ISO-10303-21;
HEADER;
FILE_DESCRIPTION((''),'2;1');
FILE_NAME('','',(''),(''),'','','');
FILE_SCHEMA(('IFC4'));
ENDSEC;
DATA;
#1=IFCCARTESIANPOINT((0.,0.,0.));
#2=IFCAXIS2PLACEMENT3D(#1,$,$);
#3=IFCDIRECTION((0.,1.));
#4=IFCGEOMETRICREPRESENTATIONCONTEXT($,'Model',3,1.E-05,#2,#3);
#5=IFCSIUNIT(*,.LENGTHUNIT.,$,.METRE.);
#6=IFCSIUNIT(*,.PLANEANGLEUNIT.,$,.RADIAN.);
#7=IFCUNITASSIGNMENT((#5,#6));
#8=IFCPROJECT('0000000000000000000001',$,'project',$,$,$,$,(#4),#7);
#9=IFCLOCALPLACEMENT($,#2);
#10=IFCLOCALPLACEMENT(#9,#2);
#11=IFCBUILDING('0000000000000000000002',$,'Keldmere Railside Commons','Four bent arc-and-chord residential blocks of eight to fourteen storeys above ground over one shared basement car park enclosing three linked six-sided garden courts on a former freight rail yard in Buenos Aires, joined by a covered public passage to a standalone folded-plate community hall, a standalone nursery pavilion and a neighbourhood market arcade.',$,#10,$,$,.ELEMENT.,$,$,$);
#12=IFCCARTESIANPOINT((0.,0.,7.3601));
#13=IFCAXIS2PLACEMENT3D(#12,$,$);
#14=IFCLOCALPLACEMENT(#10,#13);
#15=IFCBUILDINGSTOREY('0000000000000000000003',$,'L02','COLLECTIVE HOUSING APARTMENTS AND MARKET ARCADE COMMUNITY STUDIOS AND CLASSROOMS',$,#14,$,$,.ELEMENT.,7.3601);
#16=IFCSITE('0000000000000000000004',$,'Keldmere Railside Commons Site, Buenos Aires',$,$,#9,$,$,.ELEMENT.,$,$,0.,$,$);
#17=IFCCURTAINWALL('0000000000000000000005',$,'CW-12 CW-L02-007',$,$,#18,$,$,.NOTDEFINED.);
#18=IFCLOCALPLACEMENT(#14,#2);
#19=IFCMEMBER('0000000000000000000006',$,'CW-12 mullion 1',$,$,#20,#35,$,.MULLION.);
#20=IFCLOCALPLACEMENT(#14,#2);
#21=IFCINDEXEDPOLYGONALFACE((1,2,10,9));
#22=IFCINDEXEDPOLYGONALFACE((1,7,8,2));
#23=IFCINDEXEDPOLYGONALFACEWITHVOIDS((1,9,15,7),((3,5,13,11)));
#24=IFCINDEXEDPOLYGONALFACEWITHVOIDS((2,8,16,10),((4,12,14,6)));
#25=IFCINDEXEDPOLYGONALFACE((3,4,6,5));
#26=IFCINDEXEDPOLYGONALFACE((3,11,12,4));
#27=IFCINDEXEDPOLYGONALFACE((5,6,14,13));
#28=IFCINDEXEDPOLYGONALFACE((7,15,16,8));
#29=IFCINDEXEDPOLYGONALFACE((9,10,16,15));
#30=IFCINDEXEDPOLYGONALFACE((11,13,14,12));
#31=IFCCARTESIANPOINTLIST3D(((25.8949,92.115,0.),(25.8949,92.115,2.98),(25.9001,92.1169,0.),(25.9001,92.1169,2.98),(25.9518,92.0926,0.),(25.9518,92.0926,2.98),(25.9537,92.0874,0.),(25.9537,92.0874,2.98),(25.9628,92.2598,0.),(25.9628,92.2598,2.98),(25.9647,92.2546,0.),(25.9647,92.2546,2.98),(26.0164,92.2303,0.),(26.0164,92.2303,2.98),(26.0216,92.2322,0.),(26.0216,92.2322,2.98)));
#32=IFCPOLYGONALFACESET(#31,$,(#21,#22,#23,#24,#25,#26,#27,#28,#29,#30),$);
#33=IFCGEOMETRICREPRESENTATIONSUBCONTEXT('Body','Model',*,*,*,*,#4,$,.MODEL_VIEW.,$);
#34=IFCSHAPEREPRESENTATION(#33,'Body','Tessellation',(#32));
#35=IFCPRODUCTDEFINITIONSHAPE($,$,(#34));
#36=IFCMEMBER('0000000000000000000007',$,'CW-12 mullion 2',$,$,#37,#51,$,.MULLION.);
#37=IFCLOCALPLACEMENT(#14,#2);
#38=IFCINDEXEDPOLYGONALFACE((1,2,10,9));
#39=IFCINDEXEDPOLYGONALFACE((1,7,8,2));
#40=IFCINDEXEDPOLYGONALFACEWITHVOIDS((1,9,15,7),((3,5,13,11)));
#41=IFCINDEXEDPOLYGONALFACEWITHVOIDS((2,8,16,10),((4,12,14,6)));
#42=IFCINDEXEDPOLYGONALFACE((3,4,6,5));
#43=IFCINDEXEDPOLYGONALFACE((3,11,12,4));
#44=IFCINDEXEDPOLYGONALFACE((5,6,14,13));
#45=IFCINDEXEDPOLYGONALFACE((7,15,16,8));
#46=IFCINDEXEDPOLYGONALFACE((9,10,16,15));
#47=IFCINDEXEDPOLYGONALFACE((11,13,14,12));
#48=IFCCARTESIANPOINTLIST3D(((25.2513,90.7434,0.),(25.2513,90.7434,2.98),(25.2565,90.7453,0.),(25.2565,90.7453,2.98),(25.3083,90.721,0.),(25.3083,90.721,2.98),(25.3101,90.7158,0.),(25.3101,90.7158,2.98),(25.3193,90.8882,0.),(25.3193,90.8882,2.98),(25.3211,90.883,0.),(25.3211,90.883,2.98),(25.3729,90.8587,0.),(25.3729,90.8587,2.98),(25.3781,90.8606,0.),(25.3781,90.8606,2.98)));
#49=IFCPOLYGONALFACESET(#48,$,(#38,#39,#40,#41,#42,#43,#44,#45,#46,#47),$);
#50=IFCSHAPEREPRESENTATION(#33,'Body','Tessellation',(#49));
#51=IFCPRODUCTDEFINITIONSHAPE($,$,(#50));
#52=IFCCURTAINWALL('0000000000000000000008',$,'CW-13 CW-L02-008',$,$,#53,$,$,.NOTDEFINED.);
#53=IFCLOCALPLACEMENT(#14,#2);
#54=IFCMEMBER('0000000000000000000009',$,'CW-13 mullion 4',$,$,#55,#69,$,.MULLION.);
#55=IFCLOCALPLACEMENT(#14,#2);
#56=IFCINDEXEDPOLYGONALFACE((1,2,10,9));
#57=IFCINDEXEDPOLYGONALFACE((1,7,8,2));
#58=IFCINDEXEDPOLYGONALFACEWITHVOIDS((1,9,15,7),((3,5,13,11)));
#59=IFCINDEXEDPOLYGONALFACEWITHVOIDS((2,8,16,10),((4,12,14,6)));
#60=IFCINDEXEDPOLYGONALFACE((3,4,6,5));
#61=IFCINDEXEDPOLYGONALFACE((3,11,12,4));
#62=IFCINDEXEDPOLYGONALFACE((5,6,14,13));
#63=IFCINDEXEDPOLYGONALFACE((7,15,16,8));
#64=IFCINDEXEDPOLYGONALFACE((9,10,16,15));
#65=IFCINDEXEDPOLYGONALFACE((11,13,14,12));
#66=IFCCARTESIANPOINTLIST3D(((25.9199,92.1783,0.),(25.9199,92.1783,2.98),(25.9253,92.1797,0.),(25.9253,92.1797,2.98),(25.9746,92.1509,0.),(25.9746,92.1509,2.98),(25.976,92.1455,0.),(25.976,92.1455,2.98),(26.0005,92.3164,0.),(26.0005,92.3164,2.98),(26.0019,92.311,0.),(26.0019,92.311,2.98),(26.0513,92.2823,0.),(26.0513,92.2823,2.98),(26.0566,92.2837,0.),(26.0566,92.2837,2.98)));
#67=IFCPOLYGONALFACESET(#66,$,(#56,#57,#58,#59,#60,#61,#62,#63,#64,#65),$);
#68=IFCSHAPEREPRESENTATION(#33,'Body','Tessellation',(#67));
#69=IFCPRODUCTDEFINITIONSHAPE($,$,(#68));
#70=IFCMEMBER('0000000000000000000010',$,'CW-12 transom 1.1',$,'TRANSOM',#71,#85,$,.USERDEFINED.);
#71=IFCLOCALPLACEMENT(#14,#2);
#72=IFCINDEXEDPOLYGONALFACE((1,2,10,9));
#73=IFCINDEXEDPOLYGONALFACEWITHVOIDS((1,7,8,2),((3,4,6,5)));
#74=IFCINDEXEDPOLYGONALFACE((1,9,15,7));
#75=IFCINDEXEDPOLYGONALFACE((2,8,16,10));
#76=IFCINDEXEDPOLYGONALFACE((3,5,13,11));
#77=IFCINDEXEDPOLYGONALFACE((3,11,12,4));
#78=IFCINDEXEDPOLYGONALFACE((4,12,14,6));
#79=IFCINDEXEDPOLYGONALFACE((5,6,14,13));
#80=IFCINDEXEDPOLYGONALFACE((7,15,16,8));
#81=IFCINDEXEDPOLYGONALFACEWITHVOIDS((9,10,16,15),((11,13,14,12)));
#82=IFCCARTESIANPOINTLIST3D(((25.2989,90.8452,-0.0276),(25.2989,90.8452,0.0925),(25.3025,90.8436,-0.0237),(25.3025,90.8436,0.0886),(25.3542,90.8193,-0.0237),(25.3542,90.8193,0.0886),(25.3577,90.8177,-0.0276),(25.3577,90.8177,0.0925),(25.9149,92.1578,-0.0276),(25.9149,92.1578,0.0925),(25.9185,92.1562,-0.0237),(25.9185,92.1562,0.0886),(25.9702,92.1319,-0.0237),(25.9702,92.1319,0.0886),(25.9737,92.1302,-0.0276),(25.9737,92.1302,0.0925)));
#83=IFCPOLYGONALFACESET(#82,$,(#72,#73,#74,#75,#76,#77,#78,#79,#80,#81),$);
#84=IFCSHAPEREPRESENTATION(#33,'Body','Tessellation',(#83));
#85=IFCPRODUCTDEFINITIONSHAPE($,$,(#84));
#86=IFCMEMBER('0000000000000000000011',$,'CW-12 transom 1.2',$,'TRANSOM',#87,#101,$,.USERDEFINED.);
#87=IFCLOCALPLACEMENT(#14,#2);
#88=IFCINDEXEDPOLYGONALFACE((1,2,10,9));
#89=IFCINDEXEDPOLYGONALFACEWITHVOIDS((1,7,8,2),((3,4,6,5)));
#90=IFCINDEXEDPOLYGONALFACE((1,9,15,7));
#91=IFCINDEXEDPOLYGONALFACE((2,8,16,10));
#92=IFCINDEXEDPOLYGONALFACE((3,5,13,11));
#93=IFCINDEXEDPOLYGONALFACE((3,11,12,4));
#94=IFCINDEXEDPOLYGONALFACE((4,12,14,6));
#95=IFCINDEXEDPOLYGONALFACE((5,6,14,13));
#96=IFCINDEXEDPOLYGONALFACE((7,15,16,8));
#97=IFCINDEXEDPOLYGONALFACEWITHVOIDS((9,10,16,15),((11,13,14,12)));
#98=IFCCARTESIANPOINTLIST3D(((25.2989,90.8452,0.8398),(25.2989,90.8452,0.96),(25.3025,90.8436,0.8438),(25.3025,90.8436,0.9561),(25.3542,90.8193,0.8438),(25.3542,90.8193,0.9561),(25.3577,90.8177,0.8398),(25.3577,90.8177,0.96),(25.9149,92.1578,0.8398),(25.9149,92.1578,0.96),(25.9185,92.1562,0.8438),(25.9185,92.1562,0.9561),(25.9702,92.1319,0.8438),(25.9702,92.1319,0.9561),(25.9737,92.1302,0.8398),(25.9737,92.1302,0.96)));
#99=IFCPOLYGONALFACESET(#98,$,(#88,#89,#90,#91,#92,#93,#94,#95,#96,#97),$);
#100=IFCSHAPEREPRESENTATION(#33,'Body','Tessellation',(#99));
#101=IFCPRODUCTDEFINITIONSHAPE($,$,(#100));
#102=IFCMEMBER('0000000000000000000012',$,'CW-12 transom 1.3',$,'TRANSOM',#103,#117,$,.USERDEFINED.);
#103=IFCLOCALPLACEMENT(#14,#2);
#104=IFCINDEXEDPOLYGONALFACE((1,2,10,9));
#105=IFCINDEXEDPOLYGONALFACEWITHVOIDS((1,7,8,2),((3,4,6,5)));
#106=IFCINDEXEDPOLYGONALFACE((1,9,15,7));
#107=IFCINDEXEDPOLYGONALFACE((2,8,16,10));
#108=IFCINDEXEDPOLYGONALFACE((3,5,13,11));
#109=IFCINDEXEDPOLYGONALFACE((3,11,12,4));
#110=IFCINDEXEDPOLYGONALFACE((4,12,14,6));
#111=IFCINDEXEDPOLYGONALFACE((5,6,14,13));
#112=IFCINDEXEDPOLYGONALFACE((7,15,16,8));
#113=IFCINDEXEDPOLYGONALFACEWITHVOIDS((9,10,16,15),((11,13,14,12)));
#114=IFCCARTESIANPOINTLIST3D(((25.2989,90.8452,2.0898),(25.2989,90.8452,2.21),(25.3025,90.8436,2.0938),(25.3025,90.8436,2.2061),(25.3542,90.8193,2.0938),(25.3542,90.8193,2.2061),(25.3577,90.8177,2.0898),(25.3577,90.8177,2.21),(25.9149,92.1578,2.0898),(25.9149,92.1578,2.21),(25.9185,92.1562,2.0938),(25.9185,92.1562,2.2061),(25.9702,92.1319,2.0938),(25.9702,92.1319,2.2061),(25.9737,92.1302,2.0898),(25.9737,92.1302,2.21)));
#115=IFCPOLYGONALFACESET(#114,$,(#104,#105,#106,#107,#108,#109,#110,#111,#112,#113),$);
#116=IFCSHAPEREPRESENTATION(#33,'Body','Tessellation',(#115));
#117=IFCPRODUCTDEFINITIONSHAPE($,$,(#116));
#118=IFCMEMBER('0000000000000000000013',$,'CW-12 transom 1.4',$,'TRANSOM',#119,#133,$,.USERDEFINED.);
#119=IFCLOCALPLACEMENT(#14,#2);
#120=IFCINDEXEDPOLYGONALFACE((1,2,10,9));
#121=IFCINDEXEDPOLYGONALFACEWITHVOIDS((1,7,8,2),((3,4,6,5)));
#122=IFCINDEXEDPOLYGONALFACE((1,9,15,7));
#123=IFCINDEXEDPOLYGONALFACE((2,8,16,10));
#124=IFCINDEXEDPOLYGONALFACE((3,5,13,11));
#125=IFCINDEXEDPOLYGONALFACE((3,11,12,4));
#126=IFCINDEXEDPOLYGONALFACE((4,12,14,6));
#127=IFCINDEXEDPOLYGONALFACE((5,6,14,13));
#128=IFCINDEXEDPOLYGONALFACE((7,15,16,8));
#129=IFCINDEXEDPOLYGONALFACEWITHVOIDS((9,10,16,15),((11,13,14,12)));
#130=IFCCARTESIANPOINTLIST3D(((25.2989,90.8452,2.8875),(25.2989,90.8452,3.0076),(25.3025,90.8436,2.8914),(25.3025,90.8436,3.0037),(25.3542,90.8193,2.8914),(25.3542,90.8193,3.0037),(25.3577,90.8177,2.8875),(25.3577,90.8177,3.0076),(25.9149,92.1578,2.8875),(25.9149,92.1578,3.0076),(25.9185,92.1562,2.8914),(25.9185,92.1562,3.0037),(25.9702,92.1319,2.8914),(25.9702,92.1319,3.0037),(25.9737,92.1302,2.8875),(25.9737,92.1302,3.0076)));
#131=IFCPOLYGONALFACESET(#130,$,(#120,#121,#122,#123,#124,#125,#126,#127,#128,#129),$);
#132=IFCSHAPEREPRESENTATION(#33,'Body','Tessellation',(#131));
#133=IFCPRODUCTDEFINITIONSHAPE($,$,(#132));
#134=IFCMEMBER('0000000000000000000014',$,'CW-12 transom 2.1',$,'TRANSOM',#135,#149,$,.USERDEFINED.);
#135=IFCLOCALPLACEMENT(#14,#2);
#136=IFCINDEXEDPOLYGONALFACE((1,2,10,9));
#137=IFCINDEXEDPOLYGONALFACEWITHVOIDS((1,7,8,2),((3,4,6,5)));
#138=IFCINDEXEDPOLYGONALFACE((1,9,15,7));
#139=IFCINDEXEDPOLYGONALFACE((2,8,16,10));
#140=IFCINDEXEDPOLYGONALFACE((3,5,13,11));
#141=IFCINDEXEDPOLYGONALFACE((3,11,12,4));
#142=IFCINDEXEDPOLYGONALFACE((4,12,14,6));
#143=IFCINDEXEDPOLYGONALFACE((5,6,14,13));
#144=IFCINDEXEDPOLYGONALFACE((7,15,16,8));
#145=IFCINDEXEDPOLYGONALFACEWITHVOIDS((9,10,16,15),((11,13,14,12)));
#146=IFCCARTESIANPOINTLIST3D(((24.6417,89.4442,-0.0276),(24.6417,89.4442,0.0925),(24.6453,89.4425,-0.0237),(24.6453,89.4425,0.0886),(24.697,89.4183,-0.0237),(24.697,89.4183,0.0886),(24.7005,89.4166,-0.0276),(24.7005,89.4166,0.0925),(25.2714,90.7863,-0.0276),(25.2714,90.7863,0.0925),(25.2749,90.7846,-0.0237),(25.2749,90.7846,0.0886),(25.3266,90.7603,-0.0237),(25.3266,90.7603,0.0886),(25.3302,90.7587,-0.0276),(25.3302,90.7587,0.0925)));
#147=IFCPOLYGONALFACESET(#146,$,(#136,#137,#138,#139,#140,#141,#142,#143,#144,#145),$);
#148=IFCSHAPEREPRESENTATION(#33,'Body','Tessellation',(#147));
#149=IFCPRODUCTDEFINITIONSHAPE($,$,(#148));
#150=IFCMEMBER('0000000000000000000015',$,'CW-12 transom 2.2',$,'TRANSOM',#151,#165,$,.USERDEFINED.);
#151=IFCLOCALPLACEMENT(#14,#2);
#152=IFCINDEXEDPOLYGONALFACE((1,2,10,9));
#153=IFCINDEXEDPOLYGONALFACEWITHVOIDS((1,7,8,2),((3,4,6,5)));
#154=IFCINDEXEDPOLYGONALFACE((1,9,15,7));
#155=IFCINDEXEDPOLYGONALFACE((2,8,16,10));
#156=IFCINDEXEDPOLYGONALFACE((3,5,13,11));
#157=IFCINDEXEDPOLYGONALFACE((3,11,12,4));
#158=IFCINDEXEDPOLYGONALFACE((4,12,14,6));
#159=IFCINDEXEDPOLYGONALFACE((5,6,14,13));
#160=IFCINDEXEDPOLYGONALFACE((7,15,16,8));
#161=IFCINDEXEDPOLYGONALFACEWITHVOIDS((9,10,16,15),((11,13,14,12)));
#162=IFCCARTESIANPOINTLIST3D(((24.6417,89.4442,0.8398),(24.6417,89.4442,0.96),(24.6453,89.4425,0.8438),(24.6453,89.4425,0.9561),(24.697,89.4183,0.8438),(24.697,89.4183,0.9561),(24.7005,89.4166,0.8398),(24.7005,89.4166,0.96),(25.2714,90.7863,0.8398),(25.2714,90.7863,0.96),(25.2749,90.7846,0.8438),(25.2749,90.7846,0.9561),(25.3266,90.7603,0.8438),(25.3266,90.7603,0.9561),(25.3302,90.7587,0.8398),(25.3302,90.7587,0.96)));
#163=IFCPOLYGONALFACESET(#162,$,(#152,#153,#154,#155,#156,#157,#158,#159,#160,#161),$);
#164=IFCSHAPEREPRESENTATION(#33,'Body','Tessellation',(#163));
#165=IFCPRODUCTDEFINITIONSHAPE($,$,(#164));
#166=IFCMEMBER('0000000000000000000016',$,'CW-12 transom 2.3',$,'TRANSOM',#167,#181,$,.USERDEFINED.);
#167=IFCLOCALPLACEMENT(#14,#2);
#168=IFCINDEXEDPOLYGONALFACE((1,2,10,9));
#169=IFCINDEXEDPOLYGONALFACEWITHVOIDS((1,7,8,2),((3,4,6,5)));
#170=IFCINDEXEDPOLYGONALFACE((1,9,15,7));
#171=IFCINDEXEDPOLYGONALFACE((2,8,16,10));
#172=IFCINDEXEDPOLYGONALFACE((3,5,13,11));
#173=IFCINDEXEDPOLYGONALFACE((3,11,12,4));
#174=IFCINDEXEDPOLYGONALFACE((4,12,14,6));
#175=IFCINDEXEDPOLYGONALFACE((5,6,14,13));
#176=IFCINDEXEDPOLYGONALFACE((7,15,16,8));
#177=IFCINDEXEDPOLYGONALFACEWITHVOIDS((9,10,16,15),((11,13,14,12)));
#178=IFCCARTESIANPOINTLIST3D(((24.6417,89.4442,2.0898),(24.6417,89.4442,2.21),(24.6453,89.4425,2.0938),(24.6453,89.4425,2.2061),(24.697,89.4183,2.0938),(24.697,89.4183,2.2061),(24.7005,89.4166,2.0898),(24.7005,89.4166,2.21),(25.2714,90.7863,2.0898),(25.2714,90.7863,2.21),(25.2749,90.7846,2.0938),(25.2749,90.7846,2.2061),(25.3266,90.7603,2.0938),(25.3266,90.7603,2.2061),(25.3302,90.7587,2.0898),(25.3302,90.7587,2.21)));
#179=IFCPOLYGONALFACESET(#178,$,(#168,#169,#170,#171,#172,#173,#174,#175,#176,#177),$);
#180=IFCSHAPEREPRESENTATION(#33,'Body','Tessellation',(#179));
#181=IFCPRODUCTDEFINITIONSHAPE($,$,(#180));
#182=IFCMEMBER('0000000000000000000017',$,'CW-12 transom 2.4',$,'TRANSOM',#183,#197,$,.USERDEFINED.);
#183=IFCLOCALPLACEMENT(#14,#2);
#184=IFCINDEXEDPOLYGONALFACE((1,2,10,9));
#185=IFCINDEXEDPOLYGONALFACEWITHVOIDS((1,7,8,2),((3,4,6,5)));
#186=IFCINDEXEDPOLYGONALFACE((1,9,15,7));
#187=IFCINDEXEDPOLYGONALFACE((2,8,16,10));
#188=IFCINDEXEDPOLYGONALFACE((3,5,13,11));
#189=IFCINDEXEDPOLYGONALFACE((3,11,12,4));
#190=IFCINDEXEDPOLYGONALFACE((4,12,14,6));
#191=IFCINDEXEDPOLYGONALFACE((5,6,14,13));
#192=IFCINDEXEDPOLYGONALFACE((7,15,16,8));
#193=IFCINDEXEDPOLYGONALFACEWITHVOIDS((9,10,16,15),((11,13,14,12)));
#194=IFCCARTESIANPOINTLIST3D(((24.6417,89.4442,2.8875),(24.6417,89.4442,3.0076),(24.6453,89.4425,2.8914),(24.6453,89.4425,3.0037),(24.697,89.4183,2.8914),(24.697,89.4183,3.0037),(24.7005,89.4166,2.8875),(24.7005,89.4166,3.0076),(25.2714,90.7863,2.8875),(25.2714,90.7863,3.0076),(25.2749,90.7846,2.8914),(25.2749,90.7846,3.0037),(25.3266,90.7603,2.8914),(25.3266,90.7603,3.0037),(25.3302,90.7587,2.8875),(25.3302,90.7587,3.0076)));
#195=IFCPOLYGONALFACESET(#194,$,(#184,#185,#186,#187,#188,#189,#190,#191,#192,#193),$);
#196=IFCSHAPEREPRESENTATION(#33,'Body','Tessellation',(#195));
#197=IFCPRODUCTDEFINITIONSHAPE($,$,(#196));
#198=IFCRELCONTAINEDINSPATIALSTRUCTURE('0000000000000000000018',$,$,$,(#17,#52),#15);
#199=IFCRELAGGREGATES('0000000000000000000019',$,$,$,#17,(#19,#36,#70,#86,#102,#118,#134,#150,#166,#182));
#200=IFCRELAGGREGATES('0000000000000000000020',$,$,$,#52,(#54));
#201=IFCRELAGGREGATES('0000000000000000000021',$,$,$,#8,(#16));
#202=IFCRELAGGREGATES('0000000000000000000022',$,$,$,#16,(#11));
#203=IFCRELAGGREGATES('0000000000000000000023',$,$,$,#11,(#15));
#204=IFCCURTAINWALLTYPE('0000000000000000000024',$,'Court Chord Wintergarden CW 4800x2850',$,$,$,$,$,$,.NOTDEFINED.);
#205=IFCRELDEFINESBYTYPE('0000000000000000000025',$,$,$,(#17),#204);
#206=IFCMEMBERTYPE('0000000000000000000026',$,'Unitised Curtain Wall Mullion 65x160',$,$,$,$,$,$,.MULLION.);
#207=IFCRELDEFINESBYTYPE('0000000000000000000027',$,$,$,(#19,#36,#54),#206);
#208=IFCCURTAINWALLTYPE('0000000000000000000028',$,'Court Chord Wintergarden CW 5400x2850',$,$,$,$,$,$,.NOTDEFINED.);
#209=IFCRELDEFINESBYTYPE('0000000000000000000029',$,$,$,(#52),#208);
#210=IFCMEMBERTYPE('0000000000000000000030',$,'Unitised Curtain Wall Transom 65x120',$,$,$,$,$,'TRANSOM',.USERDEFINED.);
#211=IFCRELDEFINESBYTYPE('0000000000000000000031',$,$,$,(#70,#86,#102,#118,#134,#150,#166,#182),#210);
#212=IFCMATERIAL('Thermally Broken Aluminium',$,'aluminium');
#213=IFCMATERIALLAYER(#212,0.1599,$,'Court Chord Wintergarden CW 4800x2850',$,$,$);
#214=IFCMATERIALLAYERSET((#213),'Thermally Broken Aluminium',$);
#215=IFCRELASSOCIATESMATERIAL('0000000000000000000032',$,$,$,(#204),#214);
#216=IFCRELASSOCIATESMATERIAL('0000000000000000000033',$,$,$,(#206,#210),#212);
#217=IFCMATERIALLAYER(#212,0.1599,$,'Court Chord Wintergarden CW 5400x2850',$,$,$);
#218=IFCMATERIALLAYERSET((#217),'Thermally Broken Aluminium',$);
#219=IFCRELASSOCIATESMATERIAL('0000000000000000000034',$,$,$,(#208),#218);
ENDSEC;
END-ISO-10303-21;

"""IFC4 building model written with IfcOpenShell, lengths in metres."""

from ifc_helpers import new_model, si_unit, direction, frame, origin, origin_2d, place, context, subcontext, project, spatial, hollow_rectangle, extrude, material, layer, layer_set, material_profile, profile_set, type_object, element, aggregate, save


model = new_model("IFC4")

# Units and contexts
model_context = context("Model", 3, precision=1e-05, world=origin(), true_north=direction((0.0, 1.0)))
body_context = subcontext(model_context, "Body", "Model", "MODEL_VIEW")
ifc_project = project(units=[si_unit("LENGTHUNIT", "METRE"), si_unit("PLANEANGLEUNIT", "RADIAN")], contexts=[model_context])

# Site, building, storey
site_placement = place(None, origin())
site = spatial("IfcSite", under=ifc_project, at=site_placement, Name="Keldmere Railside Commons Site, Buenos Aires", CompositionType="ELEMENT", RefElevation=0.0)
building_placement = place(site_placement, origin())
building = spatial("IfcBuilding", under=site, at=building_placement, Name="Keldmere Railside Commons", Description="Four bent arc-and-chord residential blocks of eight to fourteen storeys above ground over one shared basement car park enclosing three linked six-sided garden courts on a former freight rail yard in Buenos Aires, joined by a covered public passage to a standalone folded-plate community hall, a standalone nursery pavilion and a neighbourhood market arcade.", CompositionType="ELEMENT")
storey_placement = place(building_placement, frame((0.0, 0.0, 7.3601)))
storey = spatial("IfcBuildingStorey", under=building, at=storey_placement, Name="L02", Description="COLLECTIVE HOUSING APARTMENTS AND MARKET ARCADE COMMUNITY STUDIOS AND CLASSROOMS", CompositionType="ELEMENT", Elevation=7.3601)

# Curtain wall, members
ifc_material_1 = material(Name="Thermally Broken Aluminium", Category="aluminium")
ifc_layer_1 = layer(ifc_material_1, 0.1599, Name="Court Chord Wintergarden CW 4800x2850")
ifc_layer_set_1 = layer_set([ifc_layer_1], Name="Thermally Broken Aluminium")
curtain_wall_type_1 = type_object("IfcCurtainWallType", Name="Court Chord Wintergarden CW 4800x2850", PredefinedType="NOTDEFINED", material=ifc_layer_set_1)
curtain_wall_1_placement = place(storey_placement, origin())
curtain_wall_1 = element("IfcCurtainWall", 1, at=curtain_wall_1_placement, inside=storey, type_object=curtain_wall_type_1, Name="CW-12 CW-L02-007", PredefinedType="NOTDEFINED")
ifc_material_profile_1 = material_profile(ifc_material_1, hollow_rectangle(XDim=0.0649, YDim=0.1599, WallThickness=0.0039, at=origin_2d()), Name="ALU-MULL-65x160")
ifc_profile_set_1 = profile_set([ifc_material_profile_1], Name="Thermally Broken Aluminium")
member_type_1 = type_object("IfcMemberType", Name="Unitised Curtain Wall Mullion 65x160", PredefinedType="MULLION", material=ifc_profile_set_1)
member_1_placement = place(storey_placement, frame((25.9583, 92.1736, 0.0), z_axis=(0.0, 0.0, 1.0), x_axis=(0.905306, -0.424759, 0.0)))
member_1 = element("IfcMember", 2, at=member_1_placement, type_object=member_type_1, Name="CW-12 mullion 1", PredefinedType="MULLION", context=body_context, shape_type="SweptSolid", body=[
    extrude(hollow_rectangle(XDim=0.0649, YDim=0.1599, WallThickness=0.0039, at=origin_2d()), origin(), (0.0, 0.0, 1.0), 2.98),
])
member_2_placement = place(storey_placement, frame((25.3147, 90.802, 0.0), z_axis=(0.0, 0.0, 1.0), x_axis=(0.905306, -0.424759, 0.0)))
member_2 = element("IfcMember", 3, at=member_2_placement, type_object=member_type_1, Name="CW-12 mullion 2", PredefinedType="MULLION", context=body_context, shape_type="SweptSolid", body=[
    extrude(hollow_rectangle(XDim=0.0649, YDim=0.1599, WallThickness=0.0039, at=origin_2d()), origin(), (0.0, 0.0, 1.0), 2.98),
])

# Curtain wall, member
ifc_layer_2 = layer(ifc_material_1, 0.1599, Name="Court Chord Wintergarden CW 5400x2850")
ifc_layer_set_2 = layer_set([ifc_layer_2], Name="Thermally Broken Aluminium")
curtain_wall_type_2 = type_object("IfcCurtainWallType", Name="Court Chord Wintergarden CW 5400x2850", PredefinedType="NOTDEFINED", material=ifc_layer_set_2)
curtain_wall_2_placement = place(storey_placement, origin())
curtain_wall_2 = element("IfcCurtainWall", 4, at=curtain_wall_2_placement, inside=storey, type_object=curtain_wall_type_2, Name="CW-13 CW-L02-008", PredefinedType="NOTDEFINED")
member_3_placement = place(storey_placement, frame((25.9883, 92.231, 0.0), z_axis=(0.0, 0.0, 1.0), x_axis=(0.863755, -0.503911, 0.0)))
member_3 = element("IfcMember", 5, at=member_3_placement, type_object=member_type_1, Name="CW-13 mullion 4", PredefinedType="MULLION", context=body_context, shape_type="SweptSolid", body=[
    extrude(hollow_rectangle(XDim=0.0649, YDim=0.1599, WallThickness=0.0039, at=origin_2d()), origin(), (0.0, 0.0, 1.0), 2.98),
])

# Members
ifc_material_profile_2 = material_profile(ifc_material_1, hollow_rectangle(XDim=0.0649, YDim=0.1201, WallThickness=0.0039, at=origin_2d()), Name="ALU-TRAN-65x120")
ifc_profile_set_2 = profile_set([ifc_material_profile_2], Name="Thermally Broken Aluminium")
member_type_2 = type_object("IfcMemberType", Name="Unitised Curtain Wall Transom 65x120", ElementType="TRANSOM", PredefinedType="USERDEFINED", material=ifc_profile_set_2)
member_4_placement = place(storey_placement, frame((25.9443, 92.144, 0.0325), z_axis=(-0.424848, -0.905265, 0.0), x_axis=(0.905265, -0.424848, 0.0)))
member_4 = element("IfcMember", 6, at=member_4_placement, type_object=member_type_2, Name="CW-12 transom 1.1", ObjectType="TRANSOM", PredefinedType="USERDEFINED", context=body_context, shape_type="SweptSolid", body=[
    extrude(hollow_rectangle(XDim=0.0649, YDim=0.1201, WallThickness=0.0039, at=origin_2d()), origin(), (0.0, 0.0, 1.0), 1.45),
])
member_5_placement = place(storey_placement, frame((25.9443, 92.144, 0.8999), z_axis=(-0.424848, -0.905265, 0.0), x_axis=(0.905265, -0.424848, 0.0)))
member_5 = element("IfcMember", 7, at=member_5_placement, type_object=member_type_2, Name="CW-12 transom 1.2", ObjectType="TRANSOM", PredefinedType="USERDEFINED", context=body_context, shape_type="SweptSolid", body=[
    extrude(hollow_rectangle(XDim=0.0649, YDim=0.1201, WallThickness=0.0039, at=origin_2d()), origin(), (0.0, 0.0, 1.0), 1.45),
])
member_6_placement = place(storey_placement, frame((25.9443, 92.144, 2.1499), z_axis=(-0.424848, -0.905265, 0.0), x_axis=(0.905265, -0.424848, 0.0)))
member_6 = element("IfcMember", 8, at=member_6_placement, type_object=member_type_2, Name="CW-12 transom 1.3", ObjectType="TRANSOM", PredefinedType="USERDEFINED", context=body_context, shape_type="SweptSolid", body=[
    extrude(hollow_rectangle(XDim=0.0649, YDim=0.1201, WallThickness=0.0039, at=origin_2d()), origin(), (0.0, 0.0, 1.0), 1.45),
])
member_7_placement = place(storey_placement, frame((25.9443, 92.144, 2.9475), z_axis=(-0.424848, -0.905265, 0.0), x_axis=(0.905265, -0.424848, 0.0)))
member_7 = element("IfcMember", 9, at=member_7_placement, type_object=member_type_2, Name="CW-12 transom 1.4", ObjectType="TRANSOM", PredefinedType="USERDEFINED", context=body_context, shape_type="SweptSolid", body=[
    extrude(hollow_rectangle(XDim=0.0649, YDim=0.1201, WallThickness=0.0039, at=origin_2d()), origin(), (0.0, 0.0, 1.0), 1.45),
])
member_8_placement = place(storey_placement, frame((25.3008, 90.7725, 0.0325), z_axis=(-0.424742, -0.905314, 0.0), x_axis=(0.905314, -0.424742, 0.0)))
member_8 = element("IfcMember", 10, at=member_8_placement, type_object=member_type_2, Name="CW-12 transom 2.1", ObjectType="TRANSOM", PredefinedType="USERDEFINED", context=body_context, shape_type="SweptSolid", body=[
    extrude(hollow_rectangle(XDim=0.0649, YDim=0.1201, WallThickness=0.0039, at=origin_2d()), origin(), (0.0, 0.0, 1.0), 1.4824),
])
member_9_placement = place(storey_placement, frame((25.3008, 90.7725, 0.8999), z_axis=(-0.424742, -0.905314, 0.0), x_axis=(0.905314, -0.424742, 0.0)))
member_9 = element("IfcMember", 11, at=member_9_placement, type_object=member_type_2, Name="CW-12 transom 2.2", ObjectType="TRANSOM", PredefinedType="USERDEFINED", context=body_context, shape_type="SweptSolid", body=[
    extrude(hollow_rectangle(XDim=0.0649, YDim=0.1201, WallThickness=0.0039, at=origin_2d()), origin(), (0.0, 0.0, 1.0), 1.4824),
])
member_10_placement = place(storey_placement, frame((25.3008, 90.7725, 2.1499), z_axis=(-0.424742, -0.905314, 0.0), x_axis=(0.905314, -0.424742, 0.0)))
member_10 = element("IfcMember", 12, at=member_10_placement, type_object=member_type_2, Name="CW-12 transom 2.3", ObjectType="TRANSOM", PredefinedType="USERDEFINED", context=body_context, shape_type="SweptSolid", body=[
    extrude(hollow_rectangle(XDim=0.0649, YDim=0.1201, WallThickness=0.0039, at=origin_2d()), origin(), (0.0, 0.0, 1.0), 1.4824),
])
member_11_placement = place(storey_placement, frame((25.3008, 90.7725, 2.9475), z_axis=(-0.424742, -0.905314, 0.0), x_axis=(0.905314, -0.424742, 0.0)))
member_11 = element("IfcMember", 13, at=member_11_placement, type_object=member_type_2, Name="CW-12 transom 2.4", ObjectType="TRANSOM", PredefinedType="USERDEFINED", context=body_context, shape_type="SweptSolid", body=[
    extrude(hollow_rectangle(XDim=0.0649, YDim=0.1201, WallThickness=0.0039, at=origin_2d()), origin(), (0.0, 0.0, 1.0), 1.4824),
])

aggregate(curtain_wall_1, [member_1, member_2, member_4, member_5, member_6, member_7, member_8, member_9, member_10, member_11])
aggregate(curtain_wall_2, [member_3])

save(model, "model.ifc")
